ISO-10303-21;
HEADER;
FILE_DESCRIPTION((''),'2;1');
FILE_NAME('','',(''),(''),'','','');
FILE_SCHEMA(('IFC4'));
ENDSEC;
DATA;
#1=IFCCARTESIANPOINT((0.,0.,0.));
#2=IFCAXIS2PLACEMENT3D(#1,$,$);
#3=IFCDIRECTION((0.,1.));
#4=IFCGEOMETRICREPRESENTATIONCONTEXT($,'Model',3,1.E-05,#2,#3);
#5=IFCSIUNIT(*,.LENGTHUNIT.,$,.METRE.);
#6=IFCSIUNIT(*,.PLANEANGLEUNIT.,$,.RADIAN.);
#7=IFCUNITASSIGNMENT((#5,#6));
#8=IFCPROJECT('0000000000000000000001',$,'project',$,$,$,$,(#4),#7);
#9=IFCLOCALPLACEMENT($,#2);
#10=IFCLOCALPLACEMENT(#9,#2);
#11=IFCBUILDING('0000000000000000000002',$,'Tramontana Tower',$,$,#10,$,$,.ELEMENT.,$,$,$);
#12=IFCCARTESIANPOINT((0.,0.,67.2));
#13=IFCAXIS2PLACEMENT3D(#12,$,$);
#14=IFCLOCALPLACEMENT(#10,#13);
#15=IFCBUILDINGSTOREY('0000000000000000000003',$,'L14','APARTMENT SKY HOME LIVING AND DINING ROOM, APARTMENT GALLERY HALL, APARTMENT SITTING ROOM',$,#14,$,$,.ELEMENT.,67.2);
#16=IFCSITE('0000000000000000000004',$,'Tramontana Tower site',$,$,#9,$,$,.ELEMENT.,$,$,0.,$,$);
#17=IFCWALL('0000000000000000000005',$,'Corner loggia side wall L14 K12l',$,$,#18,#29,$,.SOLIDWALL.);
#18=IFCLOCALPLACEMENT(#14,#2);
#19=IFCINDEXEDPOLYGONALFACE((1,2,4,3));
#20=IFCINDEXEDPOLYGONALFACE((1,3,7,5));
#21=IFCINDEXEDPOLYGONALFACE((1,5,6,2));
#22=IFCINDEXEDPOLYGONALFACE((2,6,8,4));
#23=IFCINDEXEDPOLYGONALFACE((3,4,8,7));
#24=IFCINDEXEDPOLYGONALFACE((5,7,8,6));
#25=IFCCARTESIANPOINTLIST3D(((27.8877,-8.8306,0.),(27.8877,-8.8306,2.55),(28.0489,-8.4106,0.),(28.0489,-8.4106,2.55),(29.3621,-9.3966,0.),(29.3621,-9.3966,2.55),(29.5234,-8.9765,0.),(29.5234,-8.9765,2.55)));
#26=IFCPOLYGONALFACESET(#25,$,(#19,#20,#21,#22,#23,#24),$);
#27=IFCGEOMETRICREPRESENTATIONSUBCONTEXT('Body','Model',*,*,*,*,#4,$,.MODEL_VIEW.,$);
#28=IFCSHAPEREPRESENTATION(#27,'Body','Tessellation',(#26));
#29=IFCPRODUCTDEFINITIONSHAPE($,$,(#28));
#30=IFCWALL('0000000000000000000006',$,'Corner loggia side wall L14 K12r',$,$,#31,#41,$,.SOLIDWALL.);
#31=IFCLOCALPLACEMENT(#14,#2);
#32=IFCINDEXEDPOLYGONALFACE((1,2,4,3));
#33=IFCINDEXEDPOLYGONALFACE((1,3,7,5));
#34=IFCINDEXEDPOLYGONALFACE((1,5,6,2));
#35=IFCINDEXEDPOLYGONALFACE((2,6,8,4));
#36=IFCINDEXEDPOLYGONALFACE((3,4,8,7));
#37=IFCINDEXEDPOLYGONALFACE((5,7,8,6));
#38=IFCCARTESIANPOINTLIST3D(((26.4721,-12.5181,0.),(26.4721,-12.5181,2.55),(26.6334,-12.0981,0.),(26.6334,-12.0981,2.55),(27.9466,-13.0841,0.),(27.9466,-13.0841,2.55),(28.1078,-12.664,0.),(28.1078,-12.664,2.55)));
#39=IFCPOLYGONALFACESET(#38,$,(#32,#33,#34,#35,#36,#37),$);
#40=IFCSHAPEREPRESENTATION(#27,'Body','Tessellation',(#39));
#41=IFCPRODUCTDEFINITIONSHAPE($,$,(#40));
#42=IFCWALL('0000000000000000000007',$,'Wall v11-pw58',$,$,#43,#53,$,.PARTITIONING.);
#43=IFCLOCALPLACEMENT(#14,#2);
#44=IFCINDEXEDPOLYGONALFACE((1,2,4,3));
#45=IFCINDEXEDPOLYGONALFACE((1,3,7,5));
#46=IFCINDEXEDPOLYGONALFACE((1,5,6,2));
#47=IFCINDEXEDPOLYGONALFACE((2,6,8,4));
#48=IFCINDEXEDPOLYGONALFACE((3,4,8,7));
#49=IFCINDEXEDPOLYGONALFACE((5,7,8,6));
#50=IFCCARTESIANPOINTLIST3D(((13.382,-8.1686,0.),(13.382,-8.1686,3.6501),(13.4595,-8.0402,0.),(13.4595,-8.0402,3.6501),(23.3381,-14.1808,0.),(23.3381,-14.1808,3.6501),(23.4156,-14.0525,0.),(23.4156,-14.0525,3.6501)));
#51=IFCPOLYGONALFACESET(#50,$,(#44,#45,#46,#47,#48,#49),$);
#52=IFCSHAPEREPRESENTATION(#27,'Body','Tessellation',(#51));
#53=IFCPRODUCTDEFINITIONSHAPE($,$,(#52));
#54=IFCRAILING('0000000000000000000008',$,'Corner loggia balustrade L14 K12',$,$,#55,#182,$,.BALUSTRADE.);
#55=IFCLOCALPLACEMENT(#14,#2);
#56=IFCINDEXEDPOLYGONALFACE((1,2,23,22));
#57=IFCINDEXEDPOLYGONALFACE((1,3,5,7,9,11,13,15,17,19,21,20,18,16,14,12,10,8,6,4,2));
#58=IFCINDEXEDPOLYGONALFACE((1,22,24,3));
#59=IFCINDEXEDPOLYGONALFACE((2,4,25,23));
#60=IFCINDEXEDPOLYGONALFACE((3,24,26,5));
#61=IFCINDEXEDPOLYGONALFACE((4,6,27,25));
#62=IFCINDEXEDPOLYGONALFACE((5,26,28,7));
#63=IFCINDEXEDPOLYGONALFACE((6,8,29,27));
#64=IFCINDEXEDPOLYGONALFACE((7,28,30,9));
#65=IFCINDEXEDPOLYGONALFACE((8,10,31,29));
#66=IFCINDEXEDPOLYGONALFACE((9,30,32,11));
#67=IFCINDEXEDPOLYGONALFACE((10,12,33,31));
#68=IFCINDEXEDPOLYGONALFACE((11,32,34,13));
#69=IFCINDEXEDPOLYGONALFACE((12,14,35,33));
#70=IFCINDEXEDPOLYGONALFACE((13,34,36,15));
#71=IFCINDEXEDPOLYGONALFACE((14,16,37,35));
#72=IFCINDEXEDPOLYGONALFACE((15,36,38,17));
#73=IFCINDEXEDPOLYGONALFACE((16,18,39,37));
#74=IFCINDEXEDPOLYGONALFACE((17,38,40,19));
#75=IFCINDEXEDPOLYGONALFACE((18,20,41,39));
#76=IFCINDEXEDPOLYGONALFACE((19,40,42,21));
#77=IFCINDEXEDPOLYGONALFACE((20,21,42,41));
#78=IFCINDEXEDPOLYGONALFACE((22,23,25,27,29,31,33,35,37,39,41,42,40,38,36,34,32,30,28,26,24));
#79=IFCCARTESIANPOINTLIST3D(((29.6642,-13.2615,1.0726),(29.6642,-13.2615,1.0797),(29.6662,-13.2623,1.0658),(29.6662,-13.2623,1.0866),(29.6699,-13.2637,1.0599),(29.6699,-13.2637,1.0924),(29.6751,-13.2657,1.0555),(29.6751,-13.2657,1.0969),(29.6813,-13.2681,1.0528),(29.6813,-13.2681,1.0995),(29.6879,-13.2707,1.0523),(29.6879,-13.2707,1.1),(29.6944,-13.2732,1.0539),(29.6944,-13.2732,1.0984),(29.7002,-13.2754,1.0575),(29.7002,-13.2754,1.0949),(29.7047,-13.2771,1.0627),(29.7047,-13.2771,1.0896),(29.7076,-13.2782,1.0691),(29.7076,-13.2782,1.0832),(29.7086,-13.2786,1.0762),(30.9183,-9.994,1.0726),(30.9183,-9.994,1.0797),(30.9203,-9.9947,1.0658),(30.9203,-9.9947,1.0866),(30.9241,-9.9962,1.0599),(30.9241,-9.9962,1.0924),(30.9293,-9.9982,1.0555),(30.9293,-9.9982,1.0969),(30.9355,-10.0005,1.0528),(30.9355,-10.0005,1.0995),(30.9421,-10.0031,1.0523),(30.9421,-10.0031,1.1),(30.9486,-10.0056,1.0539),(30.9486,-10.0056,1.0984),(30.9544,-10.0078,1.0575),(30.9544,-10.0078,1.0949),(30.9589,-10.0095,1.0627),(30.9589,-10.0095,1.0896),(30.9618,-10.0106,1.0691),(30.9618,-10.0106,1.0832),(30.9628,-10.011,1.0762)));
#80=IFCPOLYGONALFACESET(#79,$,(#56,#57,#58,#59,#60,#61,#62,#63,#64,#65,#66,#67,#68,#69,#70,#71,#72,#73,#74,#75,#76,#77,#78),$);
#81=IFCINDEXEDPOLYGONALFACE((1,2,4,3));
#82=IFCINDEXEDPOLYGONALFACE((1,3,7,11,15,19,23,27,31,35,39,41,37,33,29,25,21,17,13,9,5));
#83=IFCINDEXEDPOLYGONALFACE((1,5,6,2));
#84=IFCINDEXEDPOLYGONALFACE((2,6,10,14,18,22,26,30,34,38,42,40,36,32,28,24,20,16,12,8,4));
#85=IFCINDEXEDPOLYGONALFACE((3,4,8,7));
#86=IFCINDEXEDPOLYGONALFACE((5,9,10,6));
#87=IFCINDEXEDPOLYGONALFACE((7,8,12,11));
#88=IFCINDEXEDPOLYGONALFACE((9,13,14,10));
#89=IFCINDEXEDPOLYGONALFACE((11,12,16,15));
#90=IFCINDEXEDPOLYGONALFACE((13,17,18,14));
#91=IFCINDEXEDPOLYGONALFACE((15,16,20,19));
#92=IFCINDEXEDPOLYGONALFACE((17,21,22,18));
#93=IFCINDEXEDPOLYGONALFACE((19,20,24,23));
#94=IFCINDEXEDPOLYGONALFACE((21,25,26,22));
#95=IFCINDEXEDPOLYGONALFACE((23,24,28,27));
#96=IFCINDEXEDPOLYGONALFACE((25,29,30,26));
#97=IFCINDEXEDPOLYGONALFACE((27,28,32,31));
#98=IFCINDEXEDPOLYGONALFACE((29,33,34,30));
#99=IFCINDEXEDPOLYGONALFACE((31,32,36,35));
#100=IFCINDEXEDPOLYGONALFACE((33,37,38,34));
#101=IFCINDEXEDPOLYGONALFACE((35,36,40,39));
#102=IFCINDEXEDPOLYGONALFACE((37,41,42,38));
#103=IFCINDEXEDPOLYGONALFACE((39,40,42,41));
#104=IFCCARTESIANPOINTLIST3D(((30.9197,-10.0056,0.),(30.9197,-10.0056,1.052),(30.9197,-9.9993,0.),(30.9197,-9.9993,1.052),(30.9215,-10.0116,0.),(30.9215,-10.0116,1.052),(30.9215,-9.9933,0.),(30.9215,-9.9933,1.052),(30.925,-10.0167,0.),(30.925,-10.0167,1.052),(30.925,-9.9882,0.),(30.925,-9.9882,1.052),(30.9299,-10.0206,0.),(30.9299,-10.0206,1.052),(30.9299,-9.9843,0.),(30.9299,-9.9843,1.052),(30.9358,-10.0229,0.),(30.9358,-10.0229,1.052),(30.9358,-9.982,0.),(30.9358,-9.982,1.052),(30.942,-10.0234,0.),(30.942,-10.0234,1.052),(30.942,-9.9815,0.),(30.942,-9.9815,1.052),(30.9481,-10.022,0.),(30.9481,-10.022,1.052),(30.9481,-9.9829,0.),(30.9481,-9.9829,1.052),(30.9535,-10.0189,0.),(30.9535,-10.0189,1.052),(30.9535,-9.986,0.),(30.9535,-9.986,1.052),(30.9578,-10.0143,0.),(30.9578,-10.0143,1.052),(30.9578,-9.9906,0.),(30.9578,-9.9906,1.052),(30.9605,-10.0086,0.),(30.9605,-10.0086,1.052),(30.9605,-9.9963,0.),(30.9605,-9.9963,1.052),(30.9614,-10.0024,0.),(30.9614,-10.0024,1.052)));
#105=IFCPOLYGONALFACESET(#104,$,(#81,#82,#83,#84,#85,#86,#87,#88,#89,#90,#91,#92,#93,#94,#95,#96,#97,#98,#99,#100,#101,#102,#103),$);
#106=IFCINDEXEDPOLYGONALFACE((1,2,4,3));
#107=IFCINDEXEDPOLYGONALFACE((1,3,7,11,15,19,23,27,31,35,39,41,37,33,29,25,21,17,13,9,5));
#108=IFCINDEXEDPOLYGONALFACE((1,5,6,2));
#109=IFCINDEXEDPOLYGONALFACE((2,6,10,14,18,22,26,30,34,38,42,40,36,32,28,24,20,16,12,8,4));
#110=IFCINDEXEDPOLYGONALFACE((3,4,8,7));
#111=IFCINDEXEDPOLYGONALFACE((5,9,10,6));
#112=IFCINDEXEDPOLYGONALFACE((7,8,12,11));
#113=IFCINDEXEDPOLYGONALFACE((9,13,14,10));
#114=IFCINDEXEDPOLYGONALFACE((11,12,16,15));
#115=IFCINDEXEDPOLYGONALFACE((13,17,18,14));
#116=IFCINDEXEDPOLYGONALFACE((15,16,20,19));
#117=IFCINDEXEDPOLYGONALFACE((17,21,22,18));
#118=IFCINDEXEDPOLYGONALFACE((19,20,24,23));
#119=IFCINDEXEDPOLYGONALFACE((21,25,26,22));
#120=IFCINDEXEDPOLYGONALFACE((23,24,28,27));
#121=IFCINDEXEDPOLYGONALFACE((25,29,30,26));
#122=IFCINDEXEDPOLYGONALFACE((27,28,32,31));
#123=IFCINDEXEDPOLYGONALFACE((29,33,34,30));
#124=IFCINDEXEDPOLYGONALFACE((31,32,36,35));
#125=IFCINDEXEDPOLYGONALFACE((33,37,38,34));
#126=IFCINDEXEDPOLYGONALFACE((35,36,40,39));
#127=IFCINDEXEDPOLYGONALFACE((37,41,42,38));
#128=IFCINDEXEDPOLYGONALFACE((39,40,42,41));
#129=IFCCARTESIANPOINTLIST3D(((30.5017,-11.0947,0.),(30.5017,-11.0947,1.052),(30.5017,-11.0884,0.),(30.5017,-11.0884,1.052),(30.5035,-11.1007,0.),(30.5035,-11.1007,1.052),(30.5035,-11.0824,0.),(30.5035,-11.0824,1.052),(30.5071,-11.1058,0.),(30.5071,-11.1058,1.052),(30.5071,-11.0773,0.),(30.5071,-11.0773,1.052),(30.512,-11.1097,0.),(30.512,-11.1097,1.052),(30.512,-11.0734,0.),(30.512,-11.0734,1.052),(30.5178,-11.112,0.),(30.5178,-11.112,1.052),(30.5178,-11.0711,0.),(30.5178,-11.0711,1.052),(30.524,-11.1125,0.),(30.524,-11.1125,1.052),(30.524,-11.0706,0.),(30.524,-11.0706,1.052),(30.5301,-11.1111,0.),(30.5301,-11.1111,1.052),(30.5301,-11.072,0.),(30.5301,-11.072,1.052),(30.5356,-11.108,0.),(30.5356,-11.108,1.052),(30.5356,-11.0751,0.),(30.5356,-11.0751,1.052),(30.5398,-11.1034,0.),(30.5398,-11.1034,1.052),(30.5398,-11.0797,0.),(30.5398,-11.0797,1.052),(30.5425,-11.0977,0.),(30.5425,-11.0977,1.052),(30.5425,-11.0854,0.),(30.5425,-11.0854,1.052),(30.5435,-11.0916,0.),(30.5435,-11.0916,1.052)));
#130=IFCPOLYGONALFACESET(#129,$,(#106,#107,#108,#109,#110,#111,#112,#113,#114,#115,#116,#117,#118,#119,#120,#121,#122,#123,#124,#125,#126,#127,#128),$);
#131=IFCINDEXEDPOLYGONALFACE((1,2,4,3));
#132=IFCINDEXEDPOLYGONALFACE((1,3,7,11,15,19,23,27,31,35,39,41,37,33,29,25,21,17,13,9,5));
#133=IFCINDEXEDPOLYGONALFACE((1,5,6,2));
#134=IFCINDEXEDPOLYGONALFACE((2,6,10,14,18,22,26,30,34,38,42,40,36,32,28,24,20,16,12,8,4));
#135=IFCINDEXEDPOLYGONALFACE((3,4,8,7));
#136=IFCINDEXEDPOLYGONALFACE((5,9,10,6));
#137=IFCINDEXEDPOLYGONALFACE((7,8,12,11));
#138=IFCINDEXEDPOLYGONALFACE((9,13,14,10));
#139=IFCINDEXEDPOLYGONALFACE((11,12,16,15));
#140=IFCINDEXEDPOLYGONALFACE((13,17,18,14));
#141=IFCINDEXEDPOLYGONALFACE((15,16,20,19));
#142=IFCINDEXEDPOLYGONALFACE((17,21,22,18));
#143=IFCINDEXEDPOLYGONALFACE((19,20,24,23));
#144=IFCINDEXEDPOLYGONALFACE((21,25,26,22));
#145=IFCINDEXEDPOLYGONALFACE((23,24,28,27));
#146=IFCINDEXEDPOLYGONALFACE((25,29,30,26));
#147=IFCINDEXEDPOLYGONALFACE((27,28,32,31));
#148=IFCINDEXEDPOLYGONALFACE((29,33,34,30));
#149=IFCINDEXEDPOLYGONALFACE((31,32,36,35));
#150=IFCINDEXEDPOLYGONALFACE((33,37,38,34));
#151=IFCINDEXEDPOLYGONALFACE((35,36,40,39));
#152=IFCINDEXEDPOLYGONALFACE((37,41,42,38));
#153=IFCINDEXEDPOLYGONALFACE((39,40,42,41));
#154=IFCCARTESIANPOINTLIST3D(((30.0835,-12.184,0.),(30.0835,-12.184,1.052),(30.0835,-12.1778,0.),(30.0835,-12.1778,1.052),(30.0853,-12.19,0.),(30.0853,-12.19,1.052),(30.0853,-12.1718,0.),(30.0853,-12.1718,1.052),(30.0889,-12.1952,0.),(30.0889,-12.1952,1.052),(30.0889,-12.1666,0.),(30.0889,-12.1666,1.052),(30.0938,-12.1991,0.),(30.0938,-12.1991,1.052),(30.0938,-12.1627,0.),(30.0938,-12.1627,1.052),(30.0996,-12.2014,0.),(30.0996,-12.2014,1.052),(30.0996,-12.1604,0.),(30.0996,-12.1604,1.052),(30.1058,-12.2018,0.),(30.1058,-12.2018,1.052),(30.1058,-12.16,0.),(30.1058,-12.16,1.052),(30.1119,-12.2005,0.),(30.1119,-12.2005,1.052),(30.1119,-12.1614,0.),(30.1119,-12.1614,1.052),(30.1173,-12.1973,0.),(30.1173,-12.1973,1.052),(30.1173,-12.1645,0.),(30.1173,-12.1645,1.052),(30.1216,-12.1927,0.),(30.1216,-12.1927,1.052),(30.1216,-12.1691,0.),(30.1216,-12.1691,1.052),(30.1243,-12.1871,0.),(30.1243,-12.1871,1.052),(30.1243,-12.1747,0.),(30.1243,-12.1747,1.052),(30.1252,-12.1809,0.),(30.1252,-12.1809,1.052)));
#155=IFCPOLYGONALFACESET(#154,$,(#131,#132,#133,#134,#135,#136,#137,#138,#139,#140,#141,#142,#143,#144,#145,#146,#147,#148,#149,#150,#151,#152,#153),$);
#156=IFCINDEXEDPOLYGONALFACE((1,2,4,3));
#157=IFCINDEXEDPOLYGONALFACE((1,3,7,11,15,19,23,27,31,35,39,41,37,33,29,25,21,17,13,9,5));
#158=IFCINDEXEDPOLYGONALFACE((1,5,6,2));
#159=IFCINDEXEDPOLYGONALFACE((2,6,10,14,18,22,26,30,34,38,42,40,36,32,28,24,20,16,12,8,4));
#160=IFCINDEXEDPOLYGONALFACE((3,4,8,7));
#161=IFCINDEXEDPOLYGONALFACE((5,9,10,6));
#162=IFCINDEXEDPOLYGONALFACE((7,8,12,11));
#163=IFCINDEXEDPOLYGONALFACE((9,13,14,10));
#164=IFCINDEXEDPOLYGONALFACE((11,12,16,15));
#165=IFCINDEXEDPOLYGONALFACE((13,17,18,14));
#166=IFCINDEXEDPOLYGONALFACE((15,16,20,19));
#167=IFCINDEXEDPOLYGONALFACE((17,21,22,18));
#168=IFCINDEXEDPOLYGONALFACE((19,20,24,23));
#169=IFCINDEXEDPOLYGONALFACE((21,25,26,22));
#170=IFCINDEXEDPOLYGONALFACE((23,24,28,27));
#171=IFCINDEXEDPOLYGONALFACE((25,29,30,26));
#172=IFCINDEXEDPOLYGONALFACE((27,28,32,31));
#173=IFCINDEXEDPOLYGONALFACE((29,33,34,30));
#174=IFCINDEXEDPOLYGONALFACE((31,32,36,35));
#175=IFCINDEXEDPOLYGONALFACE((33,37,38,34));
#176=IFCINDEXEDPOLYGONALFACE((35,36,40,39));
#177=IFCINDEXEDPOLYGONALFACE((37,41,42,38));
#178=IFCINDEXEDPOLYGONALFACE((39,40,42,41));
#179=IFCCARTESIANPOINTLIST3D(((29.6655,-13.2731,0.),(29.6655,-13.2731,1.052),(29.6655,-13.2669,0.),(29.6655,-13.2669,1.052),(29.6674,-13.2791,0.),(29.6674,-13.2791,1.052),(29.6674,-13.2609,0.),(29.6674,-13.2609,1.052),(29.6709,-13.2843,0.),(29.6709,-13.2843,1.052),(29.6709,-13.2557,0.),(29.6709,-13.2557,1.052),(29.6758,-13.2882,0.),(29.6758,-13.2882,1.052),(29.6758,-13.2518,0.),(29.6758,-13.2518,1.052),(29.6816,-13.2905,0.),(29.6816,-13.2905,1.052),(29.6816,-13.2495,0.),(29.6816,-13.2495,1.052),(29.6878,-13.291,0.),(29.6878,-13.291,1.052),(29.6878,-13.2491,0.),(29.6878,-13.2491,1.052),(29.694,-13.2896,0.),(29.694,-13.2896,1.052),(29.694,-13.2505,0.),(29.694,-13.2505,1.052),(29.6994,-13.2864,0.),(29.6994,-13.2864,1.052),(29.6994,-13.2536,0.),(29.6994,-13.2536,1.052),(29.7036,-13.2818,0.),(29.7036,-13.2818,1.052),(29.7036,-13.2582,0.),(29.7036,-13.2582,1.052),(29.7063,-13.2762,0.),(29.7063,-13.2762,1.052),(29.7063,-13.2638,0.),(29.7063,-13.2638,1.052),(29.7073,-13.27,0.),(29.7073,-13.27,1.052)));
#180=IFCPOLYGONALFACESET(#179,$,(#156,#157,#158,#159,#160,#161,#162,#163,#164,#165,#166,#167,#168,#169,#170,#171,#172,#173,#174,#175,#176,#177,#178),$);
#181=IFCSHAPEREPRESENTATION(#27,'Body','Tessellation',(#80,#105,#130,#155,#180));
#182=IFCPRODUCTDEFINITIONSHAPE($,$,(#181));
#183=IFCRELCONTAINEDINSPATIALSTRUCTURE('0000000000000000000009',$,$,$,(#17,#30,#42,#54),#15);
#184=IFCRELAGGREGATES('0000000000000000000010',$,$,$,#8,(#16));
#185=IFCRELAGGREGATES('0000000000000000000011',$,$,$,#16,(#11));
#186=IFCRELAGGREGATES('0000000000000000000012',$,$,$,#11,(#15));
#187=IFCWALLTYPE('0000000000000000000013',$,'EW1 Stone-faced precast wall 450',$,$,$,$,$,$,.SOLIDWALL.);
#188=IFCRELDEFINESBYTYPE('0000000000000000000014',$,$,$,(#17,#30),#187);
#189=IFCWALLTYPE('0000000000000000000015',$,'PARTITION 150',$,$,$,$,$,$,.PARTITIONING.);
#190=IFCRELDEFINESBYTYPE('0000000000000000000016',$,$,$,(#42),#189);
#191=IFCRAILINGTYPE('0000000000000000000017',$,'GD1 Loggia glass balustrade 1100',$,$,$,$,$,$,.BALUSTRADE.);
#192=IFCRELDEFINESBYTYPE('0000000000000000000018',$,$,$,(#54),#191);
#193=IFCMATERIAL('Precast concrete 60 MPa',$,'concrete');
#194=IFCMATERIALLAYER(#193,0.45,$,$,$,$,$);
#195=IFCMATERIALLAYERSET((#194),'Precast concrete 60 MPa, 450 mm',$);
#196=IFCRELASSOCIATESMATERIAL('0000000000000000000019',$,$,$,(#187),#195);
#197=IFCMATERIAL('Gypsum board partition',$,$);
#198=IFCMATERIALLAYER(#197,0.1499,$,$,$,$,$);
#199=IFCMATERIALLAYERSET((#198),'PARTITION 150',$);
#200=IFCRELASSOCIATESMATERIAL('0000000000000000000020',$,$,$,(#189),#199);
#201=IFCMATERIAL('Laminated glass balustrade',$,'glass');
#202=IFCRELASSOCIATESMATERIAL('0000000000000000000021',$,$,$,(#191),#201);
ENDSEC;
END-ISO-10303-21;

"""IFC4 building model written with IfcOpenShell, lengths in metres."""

from ifc_helpers import new_model, si_unit, direction, frame, frame_2d, origin, origin_2d, place, context, subcontext, project, spatial, rectangle, circle, extrude, material, layer, layer_set, type_object, element, save


model = new_model("IFC4")

# Units and contexts
model_context = context("Model", 3, precision=1e-05, world=origin(), true_north=direction((0.0, 1.0)))
body_context = subcontext(model_context, "Body", "Model", "MODEL_VIEW")
ifc_project = project(units=[si_unit("LENGTHUNIT", "METRE"), si_unit("PLANEANGLEUNIT", "RADIAN")], contexts=[model_context])

# Site, building, storey
site_placement = place(None, origin())
site = spatial("IfcSite", under=ifc_project, at=site_placement, Name="Tramontana Tower site", CompositionType="ELEMENT", RefElevation=0.0)
building_placement = place(site_placement, origin())
building = spatial("IfcBuilding", under=site, at=building_placement, Name="Tramontana Tower", CompositionType="ELEMENT")
storey_placement = place(building_placement, frame((0.0, 0.0, 67.2)))
storey = spatial("IfcBuildingStorey", under=building, at=storey_placement, Name="L14", Description="APARTMENT SKY HOME LIVING AND DINING ROOM, APARTMENT GALLERY HALL, APARTMENT SITTING ROOM", CompositionType="ELEMENT", Elevation=67.2)

# Shared definitions
ifc_material_1 = material(Name="Precast concrete 60 MPa", Category="concrete")
ifc_layer_1 = layer(ifc_material_1, 0.45)
ifc_layer_set_1 = layer_set([ifc_layer_1], Name="Precast concrete 60 MPa, 450 mm")
wall_type_1 = type_object("IfcWallType", Name="EW1 Stone-faced precast wall 450", PredefinedType="SOLIDWALL", material=ifc_layer_set_1)

# Walls
for number, where, z_axis, x_axis, name in (
    (1, (29.4426, -9.1865, 0.0), (0.0, 0.0, 1.0), (-0.933588, 0.358347, 0.0), "Corner loggia side wall L14 K12l"),
    (2, (28.0271, -12.874, 0.0), (0.0, 0.0, 1.0), (-0.933588, 0.358347, 0.0), "Corner loggia side wall L14 K12r"),
):
    element("IfcWall", number, at=place(storey_placement, frame(where, z_axis=z_axis, x_axis=x_axis)), inside=storey, type_object=wall_type_1, Name=name, PredefinedType="SOLIDWALL", context=body_context, shape_type="SweptSolid", body=[
        extrude(rectangle(XDim=1.5793, YDim=0.45, at=frame_2d((0.7896, 0.0))), origin(), (0.0, 0.0, 1.0), 2.55),
    ])
ifc_material_2 = material(Name="Gypsum board partition")
ifc_layer_2 = layer(ifc_material_2, 0.1499)
ifc_layer_set_2 = layer_set([ifc_layer_2], Name="PARTITION 150")
wall_type_2 = type_object("IfcWallType", Name="PARTITION 150", PredefinedType="PARTITIONING", material=ifc_layer_set_2)
wall_1_placement = place(storey_placement, frame((23.377, -14.1167, 0.0), z_axis=(0.0, 0.0, 1.0), x_axis=(-0.856026, 0.516932, 0.0)))
element("IfcWall", 3, at=wall_1_placement, inside=storey, type_object=wall_type_2, Name="Wall v11-pw58", PredefinedType="PARTITIONING", context=body_context, shape_type="SweptSolid", body=[
    extrude(rectangle(XDim=11.6306, YDim=0.1499, at=frame_2d((5.8154, 0.0))), origin(), (0.0, 0.0, 1.0), 3.6501),
])

# Railing
ifc_material_3 = material(Name="Laminated glass balustrade", Category="glass")
railing_type = type_object("IfcRailingType", Name="GD1 Loggia glass balustrade 1100", PredefinedType="BALUSTRADE", material=ifc_material_3)
railing_placement = place(storey_placement, frame((30.9404, -10.0024, 0.0)))
element("IfcRailing", 4, at=railing_placement, inside=storey, type_object=railing_type, Name="Corner loggia balustrade L14 K12", PredefinedType="BALUSTRADE", context=body_context, shape_type="SweptSolid", body=[
    extrude(circle(Radius=0.0239, at=origin_2d()), frame((0.0, 0.0, 1.0762), z_axis=(-0.358329, -0.933595, 0.0), x_axis=(0.933595, -0.358329, 0.0)), (0.0, 0.0, 1.0), 3.5),
    extrude(circle(Radius=0.021, at=origin_2d()), origin(), (0.0, 0.0, 1.0), 1.052),
    extrude(circle(Radius=0.021, at=origin_2d()), frame((-0.418, -1.0891, 0.0)), (0.0, 0.0, 1.0), 1.052),
    extrude(circle(Radius=0.021, at=origin_2d()), frame((-0.8362, -2.1785, 0.0)), (0.0, 0.0, 1.0), 1.052),
    extrude(circle(Radius=0.021, at=origin_2d()), frame((-1.2542, -3.2676, 0.0)), (0.0, 0.0, 1.0), 1.052),
])

save(model, "model.ifc")
